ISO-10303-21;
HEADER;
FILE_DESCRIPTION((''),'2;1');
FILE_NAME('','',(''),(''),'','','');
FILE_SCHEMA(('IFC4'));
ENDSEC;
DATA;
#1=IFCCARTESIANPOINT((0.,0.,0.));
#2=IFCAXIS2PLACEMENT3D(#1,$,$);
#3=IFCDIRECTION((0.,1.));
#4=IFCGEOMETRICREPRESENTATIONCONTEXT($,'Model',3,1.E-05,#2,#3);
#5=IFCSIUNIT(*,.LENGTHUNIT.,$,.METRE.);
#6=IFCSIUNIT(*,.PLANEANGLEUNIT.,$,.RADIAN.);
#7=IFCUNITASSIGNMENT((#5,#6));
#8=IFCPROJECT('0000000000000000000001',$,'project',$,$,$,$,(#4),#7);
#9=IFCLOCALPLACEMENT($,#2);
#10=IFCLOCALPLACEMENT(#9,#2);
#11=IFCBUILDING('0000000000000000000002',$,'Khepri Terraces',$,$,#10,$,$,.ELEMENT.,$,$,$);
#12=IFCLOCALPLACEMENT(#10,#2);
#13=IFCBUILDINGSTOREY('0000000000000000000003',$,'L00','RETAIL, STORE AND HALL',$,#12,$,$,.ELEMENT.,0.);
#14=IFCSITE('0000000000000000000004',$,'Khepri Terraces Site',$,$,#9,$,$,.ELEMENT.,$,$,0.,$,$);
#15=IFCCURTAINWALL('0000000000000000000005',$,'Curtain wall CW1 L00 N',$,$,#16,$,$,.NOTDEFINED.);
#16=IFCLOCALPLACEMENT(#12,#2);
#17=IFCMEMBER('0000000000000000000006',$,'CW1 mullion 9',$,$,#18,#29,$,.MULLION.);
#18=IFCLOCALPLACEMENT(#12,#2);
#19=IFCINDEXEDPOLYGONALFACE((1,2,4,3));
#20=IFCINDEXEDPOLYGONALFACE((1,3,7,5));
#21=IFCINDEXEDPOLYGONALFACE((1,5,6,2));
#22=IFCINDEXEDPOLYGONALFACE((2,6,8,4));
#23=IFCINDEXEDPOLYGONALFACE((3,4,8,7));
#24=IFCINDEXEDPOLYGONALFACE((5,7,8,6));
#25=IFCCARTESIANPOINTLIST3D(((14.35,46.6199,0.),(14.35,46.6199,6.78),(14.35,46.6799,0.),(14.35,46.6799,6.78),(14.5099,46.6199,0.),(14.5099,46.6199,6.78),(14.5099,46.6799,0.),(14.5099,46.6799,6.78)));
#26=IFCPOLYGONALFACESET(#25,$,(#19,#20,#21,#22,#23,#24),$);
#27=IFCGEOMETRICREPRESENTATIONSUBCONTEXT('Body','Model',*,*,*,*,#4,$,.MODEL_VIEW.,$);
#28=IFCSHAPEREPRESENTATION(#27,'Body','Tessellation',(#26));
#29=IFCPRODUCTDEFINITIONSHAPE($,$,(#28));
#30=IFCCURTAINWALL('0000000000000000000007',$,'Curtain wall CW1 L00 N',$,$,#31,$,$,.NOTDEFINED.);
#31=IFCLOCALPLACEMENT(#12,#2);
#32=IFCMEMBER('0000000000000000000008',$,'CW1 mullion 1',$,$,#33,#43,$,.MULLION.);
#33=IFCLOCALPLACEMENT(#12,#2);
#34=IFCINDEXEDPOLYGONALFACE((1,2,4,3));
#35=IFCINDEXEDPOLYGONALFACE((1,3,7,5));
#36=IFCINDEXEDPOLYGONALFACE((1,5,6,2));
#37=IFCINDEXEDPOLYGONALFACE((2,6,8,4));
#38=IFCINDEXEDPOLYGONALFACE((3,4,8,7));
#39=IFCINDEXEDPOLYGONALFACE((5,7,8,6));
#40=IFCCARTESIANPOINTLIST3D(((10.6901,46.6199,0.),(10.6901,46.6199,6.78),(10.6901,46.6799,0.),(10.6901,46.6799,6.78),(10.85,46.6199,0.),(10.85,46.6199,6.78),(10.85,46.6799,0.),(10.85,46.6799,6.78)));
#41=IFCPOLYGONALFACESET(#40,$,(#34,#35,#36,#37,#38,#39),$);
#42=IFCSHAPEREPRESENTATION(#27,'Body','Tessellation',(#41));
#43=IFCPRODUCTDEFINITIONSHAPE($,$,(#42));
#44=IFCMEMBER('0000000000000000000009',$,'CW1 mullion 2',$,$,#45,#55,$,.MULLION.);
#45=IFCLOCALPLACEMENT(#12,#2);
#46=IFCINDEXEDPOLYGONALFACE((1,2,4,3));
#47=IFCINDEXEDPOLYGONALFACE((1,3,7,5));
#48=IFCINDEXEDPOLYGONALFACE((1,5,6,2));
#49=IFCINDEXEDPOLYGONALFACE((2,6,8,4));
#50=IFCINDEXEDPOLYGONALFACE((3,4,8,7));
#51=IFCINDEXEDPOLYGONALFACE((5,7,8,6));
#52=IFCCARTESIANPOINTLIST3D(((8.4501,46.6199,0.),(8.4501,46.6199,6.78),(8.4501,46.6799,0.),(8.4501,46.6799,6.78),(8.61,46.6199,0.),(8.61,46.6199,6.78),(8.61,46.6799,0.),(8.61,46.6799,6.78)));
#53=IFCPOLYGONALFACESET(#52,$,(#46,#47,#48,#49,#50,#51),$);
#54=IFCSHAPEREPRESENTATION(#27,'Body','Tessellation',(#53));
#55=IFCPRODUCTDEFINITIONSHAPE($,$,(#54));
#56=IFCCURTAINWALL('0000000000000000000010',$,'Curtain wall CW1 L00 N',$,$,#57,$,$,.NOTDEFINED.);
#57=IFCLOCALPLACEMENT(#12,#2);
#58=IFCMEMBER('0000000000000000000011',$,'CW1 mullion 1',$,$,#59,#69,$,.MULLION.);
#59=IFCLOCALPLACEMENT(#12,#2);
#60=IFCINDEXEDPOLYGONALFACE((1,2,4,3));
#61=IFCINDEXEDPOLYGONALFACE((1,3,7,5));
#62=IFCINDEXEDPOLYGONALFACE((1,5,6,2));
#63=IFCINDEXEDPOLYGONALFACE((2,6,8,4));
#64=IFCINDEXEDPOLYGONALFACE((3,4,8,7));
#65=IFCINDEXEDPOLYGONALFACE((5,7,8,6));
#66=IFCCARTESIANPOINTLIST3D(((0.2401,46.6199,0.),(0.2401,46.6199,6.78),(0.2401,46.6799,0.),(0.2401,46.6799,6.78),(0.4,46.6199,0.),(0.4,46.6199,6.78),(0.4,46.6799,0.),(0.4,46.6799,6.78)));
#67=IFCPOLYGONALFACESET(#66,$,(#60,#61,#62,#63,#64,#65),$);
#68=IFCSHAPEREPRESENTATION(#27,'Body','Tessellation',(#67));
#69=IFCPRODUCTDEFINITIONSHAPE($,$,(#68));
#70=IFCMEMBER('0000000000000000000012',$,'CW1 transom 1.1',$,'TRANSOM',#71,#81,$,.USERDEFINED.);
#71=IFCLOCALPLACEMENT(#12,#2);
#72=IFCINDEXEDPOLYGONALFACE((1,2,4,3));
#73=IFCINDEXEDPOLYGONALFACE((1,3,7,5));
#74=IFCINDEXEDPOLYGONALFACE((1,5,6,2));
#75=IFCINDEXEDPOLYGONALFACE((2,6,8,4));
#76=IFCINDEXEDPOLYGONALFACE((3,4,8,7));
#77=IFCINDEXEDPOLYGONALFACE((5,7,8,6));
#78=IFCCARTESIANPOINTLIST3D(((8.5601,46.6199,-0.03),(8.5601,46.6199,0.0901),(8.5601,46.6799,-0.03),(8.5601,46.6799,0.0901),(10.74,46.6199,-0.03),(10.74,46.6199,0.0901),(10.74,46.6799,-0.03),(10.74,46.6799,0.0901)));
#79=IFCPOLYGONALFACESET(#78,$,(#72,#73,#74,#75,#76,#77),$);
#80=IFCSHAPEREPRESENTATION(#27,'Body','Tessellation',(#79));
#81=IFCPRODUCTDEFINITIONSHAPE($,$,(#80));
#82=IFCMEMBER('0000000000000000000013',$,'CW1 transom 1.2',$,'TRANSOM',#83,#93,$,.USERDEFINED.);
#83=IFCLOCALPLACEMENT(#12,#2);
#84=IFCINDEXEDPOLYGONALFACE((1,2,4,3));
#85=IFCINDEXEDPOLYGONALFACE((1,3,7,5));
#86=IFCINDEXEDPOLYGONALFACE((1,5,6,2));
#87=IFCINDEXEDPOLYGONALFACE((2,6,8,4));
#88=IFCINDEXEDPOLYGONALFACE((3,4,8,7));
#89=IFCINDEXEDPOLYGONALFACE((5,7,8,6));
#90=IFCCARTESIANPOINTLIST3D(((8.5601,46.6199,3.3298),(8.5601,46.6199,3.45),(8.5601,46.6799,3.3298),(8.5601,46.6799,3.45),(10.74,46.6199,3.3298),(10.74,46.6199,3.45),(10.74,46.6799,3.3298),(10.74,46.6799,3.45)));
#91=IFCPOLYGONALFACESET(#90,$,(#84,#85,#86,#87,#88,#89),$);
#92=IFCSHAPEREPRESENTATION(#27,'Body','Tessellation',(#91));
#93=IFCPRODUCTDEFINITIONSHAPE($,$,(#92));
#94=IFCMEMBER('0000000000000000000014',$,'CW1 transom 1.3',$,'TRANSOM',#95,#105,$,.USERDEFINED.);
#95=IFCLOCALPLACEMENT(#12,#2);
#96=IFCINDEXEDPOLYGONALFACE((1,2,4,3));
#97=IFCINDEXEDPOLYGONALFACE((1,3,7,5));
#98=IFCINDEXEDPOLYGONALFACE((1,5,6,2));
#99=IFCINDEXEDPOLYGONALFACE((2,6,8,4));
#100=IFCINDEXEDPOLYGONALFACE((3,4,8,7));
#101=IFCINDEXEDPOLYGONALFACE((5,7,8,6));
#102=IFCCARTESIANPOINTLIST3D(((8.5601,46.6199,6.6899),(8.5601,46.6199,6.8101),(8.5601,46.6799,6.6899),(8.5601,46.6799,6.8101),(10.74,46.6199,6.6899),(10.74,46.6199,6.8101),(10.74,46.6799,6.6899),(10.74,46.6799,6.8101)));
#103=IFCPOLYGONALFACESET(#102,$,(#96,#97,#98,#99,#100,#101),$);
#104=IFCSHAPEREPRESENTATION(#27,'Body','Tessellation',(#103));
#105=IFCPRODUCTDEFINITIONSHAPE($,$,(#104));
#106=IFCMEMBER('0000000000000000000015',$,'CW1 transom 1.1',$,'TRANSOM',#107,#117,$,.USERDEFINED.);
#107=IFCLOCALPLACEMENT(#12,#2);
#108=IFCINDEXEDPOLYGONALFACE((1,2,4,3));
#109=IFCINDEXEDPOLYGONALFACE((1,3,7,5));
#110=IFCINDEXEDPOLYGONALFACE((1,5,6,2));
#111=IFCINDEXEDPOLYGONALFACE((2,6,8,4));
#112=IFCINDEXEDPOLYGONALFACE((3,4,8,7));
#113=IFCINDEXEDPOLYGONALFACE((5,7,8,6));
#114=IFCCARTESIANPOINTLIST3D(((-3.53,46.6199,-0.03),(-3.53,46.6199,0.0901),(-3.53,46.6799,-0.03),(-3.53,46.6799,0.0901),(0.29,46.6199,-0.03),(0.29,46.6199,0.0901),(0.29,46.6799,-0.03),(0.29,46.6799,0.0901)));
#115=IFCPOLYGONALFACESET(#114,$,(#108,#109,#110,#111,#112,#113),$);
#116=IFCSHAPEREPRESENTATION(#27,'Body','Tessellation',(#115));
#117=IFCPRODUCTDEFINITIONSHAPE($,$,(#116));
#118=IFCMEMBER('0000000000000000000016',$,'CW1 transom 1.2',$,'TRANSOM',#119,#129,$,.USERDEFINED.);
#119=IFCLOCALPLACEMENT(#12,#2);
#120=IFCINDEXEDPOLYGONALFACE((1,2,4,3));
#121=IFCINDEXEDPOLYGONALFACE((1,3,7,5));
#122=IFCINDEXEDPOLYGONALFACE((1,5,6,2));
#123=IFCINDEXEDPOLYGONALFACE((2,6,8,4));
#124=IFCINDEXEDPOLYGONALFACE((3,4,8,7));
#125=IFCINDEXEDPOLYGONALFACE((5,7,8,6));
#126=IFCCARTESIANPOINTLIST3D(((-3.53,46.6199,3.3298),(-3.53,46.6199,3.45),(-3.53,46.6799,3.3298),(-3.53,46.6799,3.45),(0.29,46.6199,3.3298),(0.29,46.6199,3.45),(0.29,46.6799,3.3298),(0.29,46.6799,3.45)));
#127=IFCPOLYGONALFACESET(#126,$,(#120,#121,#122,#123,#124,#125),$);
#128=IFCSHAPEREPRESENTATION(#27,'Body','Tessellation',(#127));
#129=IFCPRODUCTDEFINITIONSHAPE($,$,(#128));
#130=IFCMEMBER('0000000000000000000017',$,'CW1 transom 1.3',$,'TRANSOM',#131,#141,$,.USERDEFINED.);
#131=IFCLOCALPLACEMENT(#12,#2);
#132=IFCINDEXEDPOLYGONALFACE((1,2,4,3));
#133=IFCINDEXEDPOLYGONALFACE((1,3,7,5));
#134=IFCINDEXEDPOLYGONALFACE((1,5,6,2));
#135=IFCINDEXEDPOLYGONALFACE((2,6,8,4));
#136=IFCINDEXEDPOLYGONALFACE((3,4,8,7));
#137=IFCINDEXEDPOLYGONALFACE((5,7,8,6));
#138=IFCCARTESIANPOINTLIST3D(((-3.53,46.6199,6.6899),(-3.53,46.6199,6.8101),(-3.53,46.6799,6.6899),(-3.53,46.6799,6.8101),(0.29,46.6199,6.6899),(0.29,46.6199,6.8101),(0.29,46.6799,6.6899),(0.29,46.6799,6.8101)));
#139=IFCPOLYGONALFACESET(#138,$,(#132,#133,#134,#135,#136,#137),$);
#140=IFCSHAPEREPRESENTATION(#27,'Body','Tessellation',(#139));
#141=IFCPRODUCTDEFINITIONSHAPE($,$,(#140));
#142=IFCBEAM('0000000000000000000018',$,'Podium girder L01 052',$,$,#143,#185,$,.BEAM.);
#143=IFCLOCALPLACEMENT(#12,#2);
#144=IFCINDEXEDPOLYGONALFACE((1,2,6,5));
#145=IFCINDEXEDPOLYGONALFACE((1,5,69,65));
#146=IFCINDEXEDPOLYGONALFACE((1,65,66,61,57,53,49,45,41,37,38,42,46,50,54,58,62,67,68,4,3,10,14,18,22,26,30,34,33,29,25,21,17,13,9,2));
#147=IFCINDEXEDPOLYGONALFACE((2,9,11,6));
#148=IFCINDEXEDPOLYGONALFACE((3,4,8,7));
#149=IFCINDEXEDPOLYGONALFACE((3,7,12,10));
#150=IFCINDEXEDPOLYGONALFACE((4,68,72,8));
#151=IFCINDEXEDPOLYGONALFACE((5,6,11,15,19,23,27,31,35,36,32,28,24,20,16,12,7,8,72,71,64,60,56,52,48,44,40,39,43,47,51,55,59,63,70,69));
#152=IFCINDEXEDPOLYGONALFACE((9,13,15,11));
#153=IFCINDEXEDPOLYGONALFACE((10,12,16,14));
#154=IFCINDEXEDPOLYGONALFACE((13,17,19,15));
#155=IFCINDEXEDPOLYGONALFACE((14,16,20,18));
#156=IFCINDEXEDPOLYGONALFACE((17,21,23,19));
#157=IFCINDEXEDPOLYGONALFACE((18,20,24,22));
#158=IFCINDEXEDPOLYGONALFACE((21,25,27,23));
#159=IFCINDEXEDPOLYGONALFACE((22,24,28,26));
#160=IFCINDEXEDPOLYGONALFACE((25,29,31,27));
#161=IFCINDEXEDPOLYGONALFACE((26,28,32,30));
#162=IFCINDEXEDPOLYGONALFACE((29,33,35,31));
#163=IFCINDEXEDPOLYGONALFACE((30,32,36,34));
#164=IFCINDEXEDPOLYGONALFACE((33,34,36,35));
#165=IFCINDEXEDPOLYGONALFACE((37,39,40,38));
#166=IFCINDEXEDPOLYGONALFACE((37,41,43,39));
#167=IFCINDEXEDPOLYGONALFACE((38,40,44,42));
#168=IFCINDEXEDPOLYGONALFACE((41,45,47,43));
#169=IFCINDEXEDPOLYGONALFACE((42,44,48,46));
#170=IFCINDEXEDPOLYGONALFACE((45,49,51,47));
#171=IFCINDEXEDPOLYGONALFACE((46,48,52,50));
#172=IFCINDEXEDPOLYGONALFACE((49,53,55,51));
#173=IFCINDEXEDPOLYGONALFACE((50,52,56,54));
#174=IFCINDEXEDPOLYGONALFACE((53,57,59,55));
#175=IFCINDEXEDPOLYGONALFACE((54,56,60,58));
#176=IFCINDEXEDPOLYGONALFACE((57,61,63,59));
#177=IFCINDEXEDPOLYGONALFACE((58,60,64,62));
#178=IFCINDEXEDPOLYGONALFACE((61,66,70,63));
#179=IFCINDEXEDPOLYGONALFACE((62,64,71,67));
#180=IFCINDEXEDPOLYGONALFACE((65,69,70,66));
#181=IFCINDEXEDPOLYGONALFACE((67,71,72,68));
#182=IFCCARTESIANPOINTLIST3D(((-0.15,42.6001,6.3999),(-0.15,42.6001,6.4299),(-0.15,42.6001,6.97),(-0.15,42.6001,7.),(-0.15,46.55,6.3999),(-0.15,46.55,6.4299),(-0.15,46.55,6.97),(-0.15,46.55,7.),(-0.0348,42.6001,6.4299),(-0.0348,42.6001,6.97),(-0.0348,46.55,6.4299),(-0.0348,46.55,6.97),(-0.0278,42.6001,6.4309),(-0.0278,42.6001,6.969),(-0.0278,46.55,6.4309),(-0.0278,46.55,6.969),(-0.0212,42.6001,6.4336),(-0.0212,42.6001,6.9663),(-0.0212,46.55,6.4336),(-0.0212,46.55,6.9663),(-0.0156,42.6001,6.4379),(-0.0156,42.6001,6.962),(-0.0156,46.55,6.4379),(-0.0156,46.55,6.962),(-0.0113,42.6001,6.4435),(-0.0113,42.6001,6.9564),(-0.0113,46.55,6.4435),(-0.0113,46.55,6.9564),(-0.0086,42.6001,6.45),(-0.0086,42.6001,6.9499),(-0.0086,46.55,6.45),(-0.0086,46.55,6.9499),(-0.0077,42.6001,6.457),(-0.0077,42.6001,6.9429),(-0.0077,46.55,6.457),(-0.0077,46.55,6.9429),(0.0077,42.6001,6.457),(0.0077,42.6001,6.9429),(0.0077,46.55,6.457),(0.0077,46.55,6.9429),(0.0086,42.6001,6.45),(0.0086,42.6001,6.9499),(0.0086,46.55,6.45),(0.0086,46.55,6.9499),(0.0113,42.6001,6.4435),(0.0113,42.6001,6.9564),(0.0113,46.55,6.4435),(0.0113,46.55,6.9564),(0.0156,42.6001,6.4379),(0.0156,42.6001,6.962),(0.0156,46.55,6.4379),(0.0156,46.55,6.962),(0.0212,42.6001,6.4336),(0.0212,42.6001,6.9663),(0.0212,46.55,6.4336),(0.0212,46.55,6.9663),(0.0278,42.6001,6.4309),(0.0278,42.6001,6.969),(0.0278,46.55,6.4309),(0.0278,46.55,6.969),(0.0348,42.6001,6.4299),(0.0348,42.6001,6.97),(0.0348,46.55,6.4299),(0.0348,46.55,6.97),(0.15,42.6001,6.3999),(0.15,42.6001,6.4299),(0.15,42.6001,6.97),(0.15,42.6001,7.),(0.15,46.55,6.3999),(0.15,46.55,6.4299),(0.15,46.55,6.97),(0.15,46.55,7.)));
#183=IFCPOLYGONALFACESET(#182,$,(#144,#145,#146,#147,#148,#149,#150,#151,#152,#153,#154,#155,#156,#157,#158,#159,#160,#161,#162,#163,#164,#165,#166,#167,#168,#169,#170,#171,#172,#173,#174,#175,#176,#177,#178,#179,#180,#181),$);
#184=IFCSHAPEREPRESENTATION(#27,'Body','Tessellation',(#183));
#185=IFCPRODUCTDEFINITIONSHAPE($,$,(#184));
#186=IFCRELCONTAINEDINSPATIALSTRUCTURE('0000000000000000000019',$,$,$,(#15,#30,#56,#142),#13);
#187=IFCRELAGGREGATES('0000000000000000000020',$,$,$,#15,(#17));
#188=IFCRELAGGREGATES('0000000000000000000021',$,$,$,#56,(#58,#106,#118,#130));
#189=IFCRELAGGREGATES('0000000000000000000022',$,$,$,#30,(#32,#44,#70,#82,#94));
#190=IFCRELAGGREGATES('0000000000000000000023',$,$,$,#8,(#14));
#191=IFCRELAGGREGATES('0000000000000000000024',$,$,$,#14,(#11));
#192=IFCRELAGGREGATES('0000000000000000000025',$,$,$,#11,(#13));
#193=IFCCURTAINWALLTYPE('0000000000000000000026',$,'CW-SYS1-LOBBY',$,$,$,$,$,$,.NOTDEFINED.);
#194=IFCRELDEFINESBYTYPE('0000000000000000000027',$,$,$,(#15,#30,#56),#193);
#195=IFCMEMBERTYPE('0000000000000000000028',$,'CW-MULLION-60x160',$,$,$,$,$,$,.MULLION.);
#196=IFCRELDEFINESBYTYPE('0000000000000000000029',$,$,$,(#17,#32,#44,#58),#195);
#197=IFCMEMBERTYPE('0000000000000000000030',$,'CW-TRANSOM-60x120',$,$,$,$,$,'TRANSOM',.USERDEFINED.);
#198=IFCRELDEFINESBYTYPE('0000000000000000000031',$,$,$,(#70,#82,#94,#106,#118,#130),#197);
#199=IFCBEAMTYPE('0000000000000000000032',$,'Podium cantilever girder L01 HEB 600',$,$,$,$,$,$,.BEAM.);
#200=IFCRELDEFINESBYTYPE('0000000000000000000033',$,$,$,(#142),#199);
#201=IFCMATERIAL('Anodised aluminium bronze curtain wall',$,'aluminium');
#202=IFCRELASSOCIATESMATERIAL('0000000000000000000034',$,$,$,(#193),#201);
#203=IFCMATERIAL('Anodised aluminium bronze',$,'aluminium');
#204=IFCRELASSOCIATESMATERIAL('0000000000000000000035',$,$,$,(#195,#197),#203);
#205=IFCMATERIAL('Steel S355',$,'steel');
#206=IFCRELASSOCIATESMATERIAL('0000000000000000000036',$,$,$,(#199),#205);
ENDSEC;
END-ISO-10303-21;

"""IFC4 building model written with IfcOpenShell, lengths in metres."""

from ifc_helpers import new_model, si_unit, direction, frame, origin, origin_2d, place, context, subcontext, project, spatial, rectangle, i_section, extrude, material, material_profile, profile_set, type_object, element, aggregate, save


model = new_model("IFC4")

# Units and contexts
model_context = context("Model", 3, precision=1e-05, world=origin(), true_north=direction((0.0, 1.0)))
body_context = subcontext(model_context, "Body", "Model", "MODEL_VIEW")
ifc_project = project(units=[si_unit("LENGTHUNIT", "METRE"), si_unit("PLANEANGLEUNIT", "RADIAN")], contexts=[model_context])

# Site, building, storey
site_placement = place(None, origin())
site = spatial("IfcSite", under=ifc_project, at=site_placement, Name="Khepri Terraces Site", CompositionType="ELEMENT", RefElevation=0.0)
building_placement = place(site_placement, origin())
building = spatial("IfcBuilding", under=site, at=building_placement, Name="Khepri Terraces", CompositionType="ELEMENT")
storey_placement = place(building_placement, origin())
storey = spatial("IfcBuildingStorey", under=building, at=storey_placement, Name="L00", Description="RETAIL, STORE AND HALL", CompositionType="ELEMENT", Elevation=0.0)

# Curtain wall, member
ifc_material_1 = material(Name="Anodised aluminium bronze curtain wall", Category="aluminium")
curtain_wall_type = type_object("IfcCurtainWallType", Name="CW-SYS1-LOBBY", PredefinedType="NOTDEFINED", material=ifc_material_1)
curtain_wall_1_placement = place(storey_placement, origin())
curtain_wall_1 = element("IfcCurtainWall", 1, at=curtain_wall_1_placement, inside=storey, type_object=curtain_wall_type, Name="Curtain wall CW1 L00 N", PredefinedType="NOTDEFINED")
ifc_material_2 = material(Name="Anodised aluminium bronze", Category="aluminium")
ifc_material_profile_1 = material_profile(ifc_material_2, rectangle(XDim=0.0601, YDim=0.1599, at=origin_2d()), Name="Anodised aluminium bronze", Category="aluminium")
ifc_profile_set_1 = profile_set([ifc_material_profile_1], Name="Anodised aluminium bronze")
member_type_1 = type_object("IfcMemberType", Name="CW-MULLION-60x160", PredefinedType="MULLION", material=ifc_profile_set_1)
member_1_placement = place(storey_placement, frame((14.4299, 46.6499, 0.0), z_axis=(0.0, 0.0, 1.0), x_axis=(0.0, -1.0, 0.0)))
member_1 = element("IfcMember", 2, at=member_1_placement, type_object=member_type_1, Name="CW1 mullion 9", PredefinedType="MULLION", context=body_context, shape_type="SweptSolid", body=[
    extrude(rectangle(XDim=0.0601, YDim=0.1599, at=origin_2d()), origin(), (0.0, 0.0, 1.0), 6.78),
])
aggregate(curtain_wall_1, [member_1])

# Curtain wall, members
curtain_wall_2_placement = place(storey_placement, origin())
curtain_wall_2 = element("IfcCurtainWall", 3, at=curtain_wall_2_placement, inside=storey, type_object=curtain_wall_type, Name="Curtain wall CW1 L00 N", PredefinedType="NOTDEFINED")
member_2_placement = place(storey_placement, frame((10.77, 46.6499, 0.0), z_axis=(0.0, 0.0, 1.0), x_axis=(0.0, -1.0, 0.0)))
member_2 = element("IfcMember", 4, at=member_2_placement, type_object=member_type_1, Name="CW1 mullion 1", PredefinedType="MULLION", context=body_context, shape_type="SweptSolid", body=[
    extrude(rectangle(XDim=0.0601, YDim=0.1599, at=origin_2d()), origin(), (0.0, 0.0, 1.0), 6.78),
])
member_3_placement = place(storey_placement, frame((8.53, 46.6499, 0.0), z_axis=(0.0, 0.0, 1.0), x_axis=(0.0, -1.0, 0.0)))
member_3 = element("IfcMember", 5, at=member_3_placement, type_object=member_type_1, Name="CW1 mullion 2", PredefinedType="MULLION", context=body_context, shape_type="SweptSolid", body=[
    extrude(rectangle(XDim=0.0601, YDim=0.1599, at=origin_2d()), origin(), (0.0, 0.0, 1.0), 6.78),
])

# Curtain wall, member
curtain_wall_3_placement = place(storey_placement, origin())
curtain_wall_3 = element("IfcCurtainWall", 6, at=curtain_wall_3_placement, inside=storey, type_object=curtain_wall_type, Name="Curtain wall CW1 L00 N", PredefinedType="NOTDEFINED")
member_4_placement = place(storey_placement, frame((0.3201, 46.6499, 0.0), z_axis=(0.0, 0.0, 1.0), x_axis=(0.0, -1.0, 0.0)))
member_4 = element("IfcMember", 7, at=member_4_placement, type_object=member_type_1, Name="CW1 mullion 1", PredefinedType="MULLION", context=body_context, shape_type="SweptSolid", body=[
    extrude(rectangle(XDim=0.0601, YDim=0.1599, at=origin_2d()), origin(), (0.0, 0.0, 1.0), 6.78),
])

# Members
ifc_material_profile_2 = material_profile(ifc_material_2, rectangle(XDim=0.0601, YDim=0.1201, at=origin_2d()), Name="Anodised aluminium bronze", Category="aluminium")
ifc_profile_set_2 = profile_set([ifc_material_profile_2], Name="Anodised aluminium bronze")
member_type_2 = type_object("IfcMemberType", Name="CW-TRANSOM-60x120", ElementType="TRANSOM", PredefinedType="USERDEFINED", material=ifc_profile_set_2)
member_5_placement = place(storey_placement, frame((10.74, 46.6499, 0.03), z_axis=(-1.0, 0.0, 0.0), x_axis=(0.0, -1.0, 0.0)))
member_5 = element("IfcMember", 8, at=member_5_placement, type_object=member_type_2, Name="CW1 transom 1.1", ObjectType="TRANSOM", PredefinedType="USERDEFINED", context=body_context, shape_type="SweptSolid", body=[
    extrude(rectangle(XDim=0.0601, YDim=0.1201, at=origin_2d()), origin(), (0.0, 0.0, 1.0), 2.1799),
])
member_6_placement = place(storey_placement, frame((10.74, 46.6499, 3.3899), z_axis=(-1.0, 0.0, 0.0), x_axis=(0.0, -1.0, 0.0)))
member_6 = element("IfcMember", 9, at=member_6_placement, type_object=member_type_2, Name="CW1 transom 1.2", ObjectType="TRANSOM", PredefinedType="USERDEFINED", context=body_context, shape_type="SweptSolid", body=[
    extrude(rectangle(XDim=0.0601, YDim=0.1201, at=origin_2d()), origin(), (0.0, 0.0, 1.0), 2.1799),
])
member_7_placement = place(storey_placement, frame((10.74, 46.6499, 6.75), z_axis=(-1.0, 0.0, 0.0), x_axis=(0.0, -1.0, 0.0)))
member_7 = element("IfcMember", 10, at=member_7_placement, type_object=member_type_2, Name="CW1 transom 1.3", ObjectType="TRANSOM", PredefinedType="USERDEFINED", context=body_context, shape_type="SweptSolid", body=[
    extrude(rectangle(XDim=0.0601, YDim=0.1201, at=origin_2d()), origin(), (0.0, 0.0, 1.0), 2.1799),
])
member_8_placement = place(storey_placement, frame((0.29, 46.6499, 0.03), z_axis=(-1.0, 0.0, 0.0), x_axis=(0.0, -1.0, 0.0)))
member_8 = element("IfcMember", 11, at=member_8_placement, type_object=member_type_2, Name="CW1 transom 1.1", ObjectType="TRANSOM", PredefinedType="USERDEFINED", context=body_context, shape_type="SweptSolid", body=[
    extrude(rectangle(XDim=0.0601, YDim=0.1201, at=origin_2d()), origin(), (0.0, 0.0, 1.0), 3.8201),
])
member_9_placement = place(storey_placement, frame((0.29, 46.6499, 3.3899), z_axis=(-1.0, 0.0, 0.0), x_axis=(0.0, -1.0, 0.0)))
member_9 = element("IfcMember", 12, at=member_9_placement, type_object=member_type_2, Name="CW1 transom 1.2", ObjectType="TRANSOM", PredefinedType="USERDEFINED", context=body_context, shape_type="SweptSolid", body=[
    extrude(rectangle(XDim=0.0601, YDim=0.1201, at=origin_2d()), origin(), (0.0, 0.0, 1.0), 3.8201),
])
member_10_placement = place(storey_placement, frame((0.29, 46.6499, 6.75), z_axis=(-1.0, 0.0, 0.0), x_axis=(0.0, -1.0, 0.0)))
member_10 = element("IfcMember", 13, at=member_10_placement, type_object=member_type_2, Name="CW1 transom 1.3", ObjectType="TRANSOM", PredefinedType="USERDEFINED", context=body_context, shape_type="SweptSolid", body=[
    extrude(rectangle(XDim=0.0601, YDim=0.1201, at=origin_2d()), origin(), (0.0, 0.0, 1.0), 3.8201),
])
aggregate(curtain_wall_3, [member_4, member_8, member_9, member_10])

# Beam
ifc_material_3 = material(Name="Steel S355", Category="steel")
ifc_material_profile_3 = material_profile(ifc_material_3, i_section(OverallWidth=0.3, OverallDepth=0.6001, WebThickness=0.0154, FlangeThickness=0.03, FilletRadius=0.0271, at=origin_2d()), Name="Steel S355", Category="steel")
ifc_profile_set_3 = profile_set([ifc_material_profile_3], Name="Steel S355")
beam_type_1 = type_object("IfcBeamType", Name="Podium cantilever girder L01 HEB 600", PredefinedType="BEAM", material=ifc_profile_set_3)
for number, where, z_axis, x_axis, name in (
    (14, (0.0, 42.6001, 6.7), (0.0, 1.0, 0.0), (-1.0, 0.0, 0.0), "Podium girder L01 052"),
):
    element("IfcBeam", number, at=place(storey_placement, frame(where, z_axis=z_axis, x_axis=x_axis)), inside=storey, type_object=beam_type_1, Name=name, PredefinedType="BEAM", context=body_context, shape_type="SweptSolid", body=[
        extrude(i_section(OverallWidth=0.3, OverallDepth=0.6001, WebThickness=0.0154, FlangeThickness=0.03, FilletRadius=0.0271, at=origin_2d()), origin(), (0.0, 0.0, 1.0), 3.95),
    ])

aggregate(curtain_wall_2, [member_2, member_3, member_5, member_6, member_7])

save(model, "model.ifc")
